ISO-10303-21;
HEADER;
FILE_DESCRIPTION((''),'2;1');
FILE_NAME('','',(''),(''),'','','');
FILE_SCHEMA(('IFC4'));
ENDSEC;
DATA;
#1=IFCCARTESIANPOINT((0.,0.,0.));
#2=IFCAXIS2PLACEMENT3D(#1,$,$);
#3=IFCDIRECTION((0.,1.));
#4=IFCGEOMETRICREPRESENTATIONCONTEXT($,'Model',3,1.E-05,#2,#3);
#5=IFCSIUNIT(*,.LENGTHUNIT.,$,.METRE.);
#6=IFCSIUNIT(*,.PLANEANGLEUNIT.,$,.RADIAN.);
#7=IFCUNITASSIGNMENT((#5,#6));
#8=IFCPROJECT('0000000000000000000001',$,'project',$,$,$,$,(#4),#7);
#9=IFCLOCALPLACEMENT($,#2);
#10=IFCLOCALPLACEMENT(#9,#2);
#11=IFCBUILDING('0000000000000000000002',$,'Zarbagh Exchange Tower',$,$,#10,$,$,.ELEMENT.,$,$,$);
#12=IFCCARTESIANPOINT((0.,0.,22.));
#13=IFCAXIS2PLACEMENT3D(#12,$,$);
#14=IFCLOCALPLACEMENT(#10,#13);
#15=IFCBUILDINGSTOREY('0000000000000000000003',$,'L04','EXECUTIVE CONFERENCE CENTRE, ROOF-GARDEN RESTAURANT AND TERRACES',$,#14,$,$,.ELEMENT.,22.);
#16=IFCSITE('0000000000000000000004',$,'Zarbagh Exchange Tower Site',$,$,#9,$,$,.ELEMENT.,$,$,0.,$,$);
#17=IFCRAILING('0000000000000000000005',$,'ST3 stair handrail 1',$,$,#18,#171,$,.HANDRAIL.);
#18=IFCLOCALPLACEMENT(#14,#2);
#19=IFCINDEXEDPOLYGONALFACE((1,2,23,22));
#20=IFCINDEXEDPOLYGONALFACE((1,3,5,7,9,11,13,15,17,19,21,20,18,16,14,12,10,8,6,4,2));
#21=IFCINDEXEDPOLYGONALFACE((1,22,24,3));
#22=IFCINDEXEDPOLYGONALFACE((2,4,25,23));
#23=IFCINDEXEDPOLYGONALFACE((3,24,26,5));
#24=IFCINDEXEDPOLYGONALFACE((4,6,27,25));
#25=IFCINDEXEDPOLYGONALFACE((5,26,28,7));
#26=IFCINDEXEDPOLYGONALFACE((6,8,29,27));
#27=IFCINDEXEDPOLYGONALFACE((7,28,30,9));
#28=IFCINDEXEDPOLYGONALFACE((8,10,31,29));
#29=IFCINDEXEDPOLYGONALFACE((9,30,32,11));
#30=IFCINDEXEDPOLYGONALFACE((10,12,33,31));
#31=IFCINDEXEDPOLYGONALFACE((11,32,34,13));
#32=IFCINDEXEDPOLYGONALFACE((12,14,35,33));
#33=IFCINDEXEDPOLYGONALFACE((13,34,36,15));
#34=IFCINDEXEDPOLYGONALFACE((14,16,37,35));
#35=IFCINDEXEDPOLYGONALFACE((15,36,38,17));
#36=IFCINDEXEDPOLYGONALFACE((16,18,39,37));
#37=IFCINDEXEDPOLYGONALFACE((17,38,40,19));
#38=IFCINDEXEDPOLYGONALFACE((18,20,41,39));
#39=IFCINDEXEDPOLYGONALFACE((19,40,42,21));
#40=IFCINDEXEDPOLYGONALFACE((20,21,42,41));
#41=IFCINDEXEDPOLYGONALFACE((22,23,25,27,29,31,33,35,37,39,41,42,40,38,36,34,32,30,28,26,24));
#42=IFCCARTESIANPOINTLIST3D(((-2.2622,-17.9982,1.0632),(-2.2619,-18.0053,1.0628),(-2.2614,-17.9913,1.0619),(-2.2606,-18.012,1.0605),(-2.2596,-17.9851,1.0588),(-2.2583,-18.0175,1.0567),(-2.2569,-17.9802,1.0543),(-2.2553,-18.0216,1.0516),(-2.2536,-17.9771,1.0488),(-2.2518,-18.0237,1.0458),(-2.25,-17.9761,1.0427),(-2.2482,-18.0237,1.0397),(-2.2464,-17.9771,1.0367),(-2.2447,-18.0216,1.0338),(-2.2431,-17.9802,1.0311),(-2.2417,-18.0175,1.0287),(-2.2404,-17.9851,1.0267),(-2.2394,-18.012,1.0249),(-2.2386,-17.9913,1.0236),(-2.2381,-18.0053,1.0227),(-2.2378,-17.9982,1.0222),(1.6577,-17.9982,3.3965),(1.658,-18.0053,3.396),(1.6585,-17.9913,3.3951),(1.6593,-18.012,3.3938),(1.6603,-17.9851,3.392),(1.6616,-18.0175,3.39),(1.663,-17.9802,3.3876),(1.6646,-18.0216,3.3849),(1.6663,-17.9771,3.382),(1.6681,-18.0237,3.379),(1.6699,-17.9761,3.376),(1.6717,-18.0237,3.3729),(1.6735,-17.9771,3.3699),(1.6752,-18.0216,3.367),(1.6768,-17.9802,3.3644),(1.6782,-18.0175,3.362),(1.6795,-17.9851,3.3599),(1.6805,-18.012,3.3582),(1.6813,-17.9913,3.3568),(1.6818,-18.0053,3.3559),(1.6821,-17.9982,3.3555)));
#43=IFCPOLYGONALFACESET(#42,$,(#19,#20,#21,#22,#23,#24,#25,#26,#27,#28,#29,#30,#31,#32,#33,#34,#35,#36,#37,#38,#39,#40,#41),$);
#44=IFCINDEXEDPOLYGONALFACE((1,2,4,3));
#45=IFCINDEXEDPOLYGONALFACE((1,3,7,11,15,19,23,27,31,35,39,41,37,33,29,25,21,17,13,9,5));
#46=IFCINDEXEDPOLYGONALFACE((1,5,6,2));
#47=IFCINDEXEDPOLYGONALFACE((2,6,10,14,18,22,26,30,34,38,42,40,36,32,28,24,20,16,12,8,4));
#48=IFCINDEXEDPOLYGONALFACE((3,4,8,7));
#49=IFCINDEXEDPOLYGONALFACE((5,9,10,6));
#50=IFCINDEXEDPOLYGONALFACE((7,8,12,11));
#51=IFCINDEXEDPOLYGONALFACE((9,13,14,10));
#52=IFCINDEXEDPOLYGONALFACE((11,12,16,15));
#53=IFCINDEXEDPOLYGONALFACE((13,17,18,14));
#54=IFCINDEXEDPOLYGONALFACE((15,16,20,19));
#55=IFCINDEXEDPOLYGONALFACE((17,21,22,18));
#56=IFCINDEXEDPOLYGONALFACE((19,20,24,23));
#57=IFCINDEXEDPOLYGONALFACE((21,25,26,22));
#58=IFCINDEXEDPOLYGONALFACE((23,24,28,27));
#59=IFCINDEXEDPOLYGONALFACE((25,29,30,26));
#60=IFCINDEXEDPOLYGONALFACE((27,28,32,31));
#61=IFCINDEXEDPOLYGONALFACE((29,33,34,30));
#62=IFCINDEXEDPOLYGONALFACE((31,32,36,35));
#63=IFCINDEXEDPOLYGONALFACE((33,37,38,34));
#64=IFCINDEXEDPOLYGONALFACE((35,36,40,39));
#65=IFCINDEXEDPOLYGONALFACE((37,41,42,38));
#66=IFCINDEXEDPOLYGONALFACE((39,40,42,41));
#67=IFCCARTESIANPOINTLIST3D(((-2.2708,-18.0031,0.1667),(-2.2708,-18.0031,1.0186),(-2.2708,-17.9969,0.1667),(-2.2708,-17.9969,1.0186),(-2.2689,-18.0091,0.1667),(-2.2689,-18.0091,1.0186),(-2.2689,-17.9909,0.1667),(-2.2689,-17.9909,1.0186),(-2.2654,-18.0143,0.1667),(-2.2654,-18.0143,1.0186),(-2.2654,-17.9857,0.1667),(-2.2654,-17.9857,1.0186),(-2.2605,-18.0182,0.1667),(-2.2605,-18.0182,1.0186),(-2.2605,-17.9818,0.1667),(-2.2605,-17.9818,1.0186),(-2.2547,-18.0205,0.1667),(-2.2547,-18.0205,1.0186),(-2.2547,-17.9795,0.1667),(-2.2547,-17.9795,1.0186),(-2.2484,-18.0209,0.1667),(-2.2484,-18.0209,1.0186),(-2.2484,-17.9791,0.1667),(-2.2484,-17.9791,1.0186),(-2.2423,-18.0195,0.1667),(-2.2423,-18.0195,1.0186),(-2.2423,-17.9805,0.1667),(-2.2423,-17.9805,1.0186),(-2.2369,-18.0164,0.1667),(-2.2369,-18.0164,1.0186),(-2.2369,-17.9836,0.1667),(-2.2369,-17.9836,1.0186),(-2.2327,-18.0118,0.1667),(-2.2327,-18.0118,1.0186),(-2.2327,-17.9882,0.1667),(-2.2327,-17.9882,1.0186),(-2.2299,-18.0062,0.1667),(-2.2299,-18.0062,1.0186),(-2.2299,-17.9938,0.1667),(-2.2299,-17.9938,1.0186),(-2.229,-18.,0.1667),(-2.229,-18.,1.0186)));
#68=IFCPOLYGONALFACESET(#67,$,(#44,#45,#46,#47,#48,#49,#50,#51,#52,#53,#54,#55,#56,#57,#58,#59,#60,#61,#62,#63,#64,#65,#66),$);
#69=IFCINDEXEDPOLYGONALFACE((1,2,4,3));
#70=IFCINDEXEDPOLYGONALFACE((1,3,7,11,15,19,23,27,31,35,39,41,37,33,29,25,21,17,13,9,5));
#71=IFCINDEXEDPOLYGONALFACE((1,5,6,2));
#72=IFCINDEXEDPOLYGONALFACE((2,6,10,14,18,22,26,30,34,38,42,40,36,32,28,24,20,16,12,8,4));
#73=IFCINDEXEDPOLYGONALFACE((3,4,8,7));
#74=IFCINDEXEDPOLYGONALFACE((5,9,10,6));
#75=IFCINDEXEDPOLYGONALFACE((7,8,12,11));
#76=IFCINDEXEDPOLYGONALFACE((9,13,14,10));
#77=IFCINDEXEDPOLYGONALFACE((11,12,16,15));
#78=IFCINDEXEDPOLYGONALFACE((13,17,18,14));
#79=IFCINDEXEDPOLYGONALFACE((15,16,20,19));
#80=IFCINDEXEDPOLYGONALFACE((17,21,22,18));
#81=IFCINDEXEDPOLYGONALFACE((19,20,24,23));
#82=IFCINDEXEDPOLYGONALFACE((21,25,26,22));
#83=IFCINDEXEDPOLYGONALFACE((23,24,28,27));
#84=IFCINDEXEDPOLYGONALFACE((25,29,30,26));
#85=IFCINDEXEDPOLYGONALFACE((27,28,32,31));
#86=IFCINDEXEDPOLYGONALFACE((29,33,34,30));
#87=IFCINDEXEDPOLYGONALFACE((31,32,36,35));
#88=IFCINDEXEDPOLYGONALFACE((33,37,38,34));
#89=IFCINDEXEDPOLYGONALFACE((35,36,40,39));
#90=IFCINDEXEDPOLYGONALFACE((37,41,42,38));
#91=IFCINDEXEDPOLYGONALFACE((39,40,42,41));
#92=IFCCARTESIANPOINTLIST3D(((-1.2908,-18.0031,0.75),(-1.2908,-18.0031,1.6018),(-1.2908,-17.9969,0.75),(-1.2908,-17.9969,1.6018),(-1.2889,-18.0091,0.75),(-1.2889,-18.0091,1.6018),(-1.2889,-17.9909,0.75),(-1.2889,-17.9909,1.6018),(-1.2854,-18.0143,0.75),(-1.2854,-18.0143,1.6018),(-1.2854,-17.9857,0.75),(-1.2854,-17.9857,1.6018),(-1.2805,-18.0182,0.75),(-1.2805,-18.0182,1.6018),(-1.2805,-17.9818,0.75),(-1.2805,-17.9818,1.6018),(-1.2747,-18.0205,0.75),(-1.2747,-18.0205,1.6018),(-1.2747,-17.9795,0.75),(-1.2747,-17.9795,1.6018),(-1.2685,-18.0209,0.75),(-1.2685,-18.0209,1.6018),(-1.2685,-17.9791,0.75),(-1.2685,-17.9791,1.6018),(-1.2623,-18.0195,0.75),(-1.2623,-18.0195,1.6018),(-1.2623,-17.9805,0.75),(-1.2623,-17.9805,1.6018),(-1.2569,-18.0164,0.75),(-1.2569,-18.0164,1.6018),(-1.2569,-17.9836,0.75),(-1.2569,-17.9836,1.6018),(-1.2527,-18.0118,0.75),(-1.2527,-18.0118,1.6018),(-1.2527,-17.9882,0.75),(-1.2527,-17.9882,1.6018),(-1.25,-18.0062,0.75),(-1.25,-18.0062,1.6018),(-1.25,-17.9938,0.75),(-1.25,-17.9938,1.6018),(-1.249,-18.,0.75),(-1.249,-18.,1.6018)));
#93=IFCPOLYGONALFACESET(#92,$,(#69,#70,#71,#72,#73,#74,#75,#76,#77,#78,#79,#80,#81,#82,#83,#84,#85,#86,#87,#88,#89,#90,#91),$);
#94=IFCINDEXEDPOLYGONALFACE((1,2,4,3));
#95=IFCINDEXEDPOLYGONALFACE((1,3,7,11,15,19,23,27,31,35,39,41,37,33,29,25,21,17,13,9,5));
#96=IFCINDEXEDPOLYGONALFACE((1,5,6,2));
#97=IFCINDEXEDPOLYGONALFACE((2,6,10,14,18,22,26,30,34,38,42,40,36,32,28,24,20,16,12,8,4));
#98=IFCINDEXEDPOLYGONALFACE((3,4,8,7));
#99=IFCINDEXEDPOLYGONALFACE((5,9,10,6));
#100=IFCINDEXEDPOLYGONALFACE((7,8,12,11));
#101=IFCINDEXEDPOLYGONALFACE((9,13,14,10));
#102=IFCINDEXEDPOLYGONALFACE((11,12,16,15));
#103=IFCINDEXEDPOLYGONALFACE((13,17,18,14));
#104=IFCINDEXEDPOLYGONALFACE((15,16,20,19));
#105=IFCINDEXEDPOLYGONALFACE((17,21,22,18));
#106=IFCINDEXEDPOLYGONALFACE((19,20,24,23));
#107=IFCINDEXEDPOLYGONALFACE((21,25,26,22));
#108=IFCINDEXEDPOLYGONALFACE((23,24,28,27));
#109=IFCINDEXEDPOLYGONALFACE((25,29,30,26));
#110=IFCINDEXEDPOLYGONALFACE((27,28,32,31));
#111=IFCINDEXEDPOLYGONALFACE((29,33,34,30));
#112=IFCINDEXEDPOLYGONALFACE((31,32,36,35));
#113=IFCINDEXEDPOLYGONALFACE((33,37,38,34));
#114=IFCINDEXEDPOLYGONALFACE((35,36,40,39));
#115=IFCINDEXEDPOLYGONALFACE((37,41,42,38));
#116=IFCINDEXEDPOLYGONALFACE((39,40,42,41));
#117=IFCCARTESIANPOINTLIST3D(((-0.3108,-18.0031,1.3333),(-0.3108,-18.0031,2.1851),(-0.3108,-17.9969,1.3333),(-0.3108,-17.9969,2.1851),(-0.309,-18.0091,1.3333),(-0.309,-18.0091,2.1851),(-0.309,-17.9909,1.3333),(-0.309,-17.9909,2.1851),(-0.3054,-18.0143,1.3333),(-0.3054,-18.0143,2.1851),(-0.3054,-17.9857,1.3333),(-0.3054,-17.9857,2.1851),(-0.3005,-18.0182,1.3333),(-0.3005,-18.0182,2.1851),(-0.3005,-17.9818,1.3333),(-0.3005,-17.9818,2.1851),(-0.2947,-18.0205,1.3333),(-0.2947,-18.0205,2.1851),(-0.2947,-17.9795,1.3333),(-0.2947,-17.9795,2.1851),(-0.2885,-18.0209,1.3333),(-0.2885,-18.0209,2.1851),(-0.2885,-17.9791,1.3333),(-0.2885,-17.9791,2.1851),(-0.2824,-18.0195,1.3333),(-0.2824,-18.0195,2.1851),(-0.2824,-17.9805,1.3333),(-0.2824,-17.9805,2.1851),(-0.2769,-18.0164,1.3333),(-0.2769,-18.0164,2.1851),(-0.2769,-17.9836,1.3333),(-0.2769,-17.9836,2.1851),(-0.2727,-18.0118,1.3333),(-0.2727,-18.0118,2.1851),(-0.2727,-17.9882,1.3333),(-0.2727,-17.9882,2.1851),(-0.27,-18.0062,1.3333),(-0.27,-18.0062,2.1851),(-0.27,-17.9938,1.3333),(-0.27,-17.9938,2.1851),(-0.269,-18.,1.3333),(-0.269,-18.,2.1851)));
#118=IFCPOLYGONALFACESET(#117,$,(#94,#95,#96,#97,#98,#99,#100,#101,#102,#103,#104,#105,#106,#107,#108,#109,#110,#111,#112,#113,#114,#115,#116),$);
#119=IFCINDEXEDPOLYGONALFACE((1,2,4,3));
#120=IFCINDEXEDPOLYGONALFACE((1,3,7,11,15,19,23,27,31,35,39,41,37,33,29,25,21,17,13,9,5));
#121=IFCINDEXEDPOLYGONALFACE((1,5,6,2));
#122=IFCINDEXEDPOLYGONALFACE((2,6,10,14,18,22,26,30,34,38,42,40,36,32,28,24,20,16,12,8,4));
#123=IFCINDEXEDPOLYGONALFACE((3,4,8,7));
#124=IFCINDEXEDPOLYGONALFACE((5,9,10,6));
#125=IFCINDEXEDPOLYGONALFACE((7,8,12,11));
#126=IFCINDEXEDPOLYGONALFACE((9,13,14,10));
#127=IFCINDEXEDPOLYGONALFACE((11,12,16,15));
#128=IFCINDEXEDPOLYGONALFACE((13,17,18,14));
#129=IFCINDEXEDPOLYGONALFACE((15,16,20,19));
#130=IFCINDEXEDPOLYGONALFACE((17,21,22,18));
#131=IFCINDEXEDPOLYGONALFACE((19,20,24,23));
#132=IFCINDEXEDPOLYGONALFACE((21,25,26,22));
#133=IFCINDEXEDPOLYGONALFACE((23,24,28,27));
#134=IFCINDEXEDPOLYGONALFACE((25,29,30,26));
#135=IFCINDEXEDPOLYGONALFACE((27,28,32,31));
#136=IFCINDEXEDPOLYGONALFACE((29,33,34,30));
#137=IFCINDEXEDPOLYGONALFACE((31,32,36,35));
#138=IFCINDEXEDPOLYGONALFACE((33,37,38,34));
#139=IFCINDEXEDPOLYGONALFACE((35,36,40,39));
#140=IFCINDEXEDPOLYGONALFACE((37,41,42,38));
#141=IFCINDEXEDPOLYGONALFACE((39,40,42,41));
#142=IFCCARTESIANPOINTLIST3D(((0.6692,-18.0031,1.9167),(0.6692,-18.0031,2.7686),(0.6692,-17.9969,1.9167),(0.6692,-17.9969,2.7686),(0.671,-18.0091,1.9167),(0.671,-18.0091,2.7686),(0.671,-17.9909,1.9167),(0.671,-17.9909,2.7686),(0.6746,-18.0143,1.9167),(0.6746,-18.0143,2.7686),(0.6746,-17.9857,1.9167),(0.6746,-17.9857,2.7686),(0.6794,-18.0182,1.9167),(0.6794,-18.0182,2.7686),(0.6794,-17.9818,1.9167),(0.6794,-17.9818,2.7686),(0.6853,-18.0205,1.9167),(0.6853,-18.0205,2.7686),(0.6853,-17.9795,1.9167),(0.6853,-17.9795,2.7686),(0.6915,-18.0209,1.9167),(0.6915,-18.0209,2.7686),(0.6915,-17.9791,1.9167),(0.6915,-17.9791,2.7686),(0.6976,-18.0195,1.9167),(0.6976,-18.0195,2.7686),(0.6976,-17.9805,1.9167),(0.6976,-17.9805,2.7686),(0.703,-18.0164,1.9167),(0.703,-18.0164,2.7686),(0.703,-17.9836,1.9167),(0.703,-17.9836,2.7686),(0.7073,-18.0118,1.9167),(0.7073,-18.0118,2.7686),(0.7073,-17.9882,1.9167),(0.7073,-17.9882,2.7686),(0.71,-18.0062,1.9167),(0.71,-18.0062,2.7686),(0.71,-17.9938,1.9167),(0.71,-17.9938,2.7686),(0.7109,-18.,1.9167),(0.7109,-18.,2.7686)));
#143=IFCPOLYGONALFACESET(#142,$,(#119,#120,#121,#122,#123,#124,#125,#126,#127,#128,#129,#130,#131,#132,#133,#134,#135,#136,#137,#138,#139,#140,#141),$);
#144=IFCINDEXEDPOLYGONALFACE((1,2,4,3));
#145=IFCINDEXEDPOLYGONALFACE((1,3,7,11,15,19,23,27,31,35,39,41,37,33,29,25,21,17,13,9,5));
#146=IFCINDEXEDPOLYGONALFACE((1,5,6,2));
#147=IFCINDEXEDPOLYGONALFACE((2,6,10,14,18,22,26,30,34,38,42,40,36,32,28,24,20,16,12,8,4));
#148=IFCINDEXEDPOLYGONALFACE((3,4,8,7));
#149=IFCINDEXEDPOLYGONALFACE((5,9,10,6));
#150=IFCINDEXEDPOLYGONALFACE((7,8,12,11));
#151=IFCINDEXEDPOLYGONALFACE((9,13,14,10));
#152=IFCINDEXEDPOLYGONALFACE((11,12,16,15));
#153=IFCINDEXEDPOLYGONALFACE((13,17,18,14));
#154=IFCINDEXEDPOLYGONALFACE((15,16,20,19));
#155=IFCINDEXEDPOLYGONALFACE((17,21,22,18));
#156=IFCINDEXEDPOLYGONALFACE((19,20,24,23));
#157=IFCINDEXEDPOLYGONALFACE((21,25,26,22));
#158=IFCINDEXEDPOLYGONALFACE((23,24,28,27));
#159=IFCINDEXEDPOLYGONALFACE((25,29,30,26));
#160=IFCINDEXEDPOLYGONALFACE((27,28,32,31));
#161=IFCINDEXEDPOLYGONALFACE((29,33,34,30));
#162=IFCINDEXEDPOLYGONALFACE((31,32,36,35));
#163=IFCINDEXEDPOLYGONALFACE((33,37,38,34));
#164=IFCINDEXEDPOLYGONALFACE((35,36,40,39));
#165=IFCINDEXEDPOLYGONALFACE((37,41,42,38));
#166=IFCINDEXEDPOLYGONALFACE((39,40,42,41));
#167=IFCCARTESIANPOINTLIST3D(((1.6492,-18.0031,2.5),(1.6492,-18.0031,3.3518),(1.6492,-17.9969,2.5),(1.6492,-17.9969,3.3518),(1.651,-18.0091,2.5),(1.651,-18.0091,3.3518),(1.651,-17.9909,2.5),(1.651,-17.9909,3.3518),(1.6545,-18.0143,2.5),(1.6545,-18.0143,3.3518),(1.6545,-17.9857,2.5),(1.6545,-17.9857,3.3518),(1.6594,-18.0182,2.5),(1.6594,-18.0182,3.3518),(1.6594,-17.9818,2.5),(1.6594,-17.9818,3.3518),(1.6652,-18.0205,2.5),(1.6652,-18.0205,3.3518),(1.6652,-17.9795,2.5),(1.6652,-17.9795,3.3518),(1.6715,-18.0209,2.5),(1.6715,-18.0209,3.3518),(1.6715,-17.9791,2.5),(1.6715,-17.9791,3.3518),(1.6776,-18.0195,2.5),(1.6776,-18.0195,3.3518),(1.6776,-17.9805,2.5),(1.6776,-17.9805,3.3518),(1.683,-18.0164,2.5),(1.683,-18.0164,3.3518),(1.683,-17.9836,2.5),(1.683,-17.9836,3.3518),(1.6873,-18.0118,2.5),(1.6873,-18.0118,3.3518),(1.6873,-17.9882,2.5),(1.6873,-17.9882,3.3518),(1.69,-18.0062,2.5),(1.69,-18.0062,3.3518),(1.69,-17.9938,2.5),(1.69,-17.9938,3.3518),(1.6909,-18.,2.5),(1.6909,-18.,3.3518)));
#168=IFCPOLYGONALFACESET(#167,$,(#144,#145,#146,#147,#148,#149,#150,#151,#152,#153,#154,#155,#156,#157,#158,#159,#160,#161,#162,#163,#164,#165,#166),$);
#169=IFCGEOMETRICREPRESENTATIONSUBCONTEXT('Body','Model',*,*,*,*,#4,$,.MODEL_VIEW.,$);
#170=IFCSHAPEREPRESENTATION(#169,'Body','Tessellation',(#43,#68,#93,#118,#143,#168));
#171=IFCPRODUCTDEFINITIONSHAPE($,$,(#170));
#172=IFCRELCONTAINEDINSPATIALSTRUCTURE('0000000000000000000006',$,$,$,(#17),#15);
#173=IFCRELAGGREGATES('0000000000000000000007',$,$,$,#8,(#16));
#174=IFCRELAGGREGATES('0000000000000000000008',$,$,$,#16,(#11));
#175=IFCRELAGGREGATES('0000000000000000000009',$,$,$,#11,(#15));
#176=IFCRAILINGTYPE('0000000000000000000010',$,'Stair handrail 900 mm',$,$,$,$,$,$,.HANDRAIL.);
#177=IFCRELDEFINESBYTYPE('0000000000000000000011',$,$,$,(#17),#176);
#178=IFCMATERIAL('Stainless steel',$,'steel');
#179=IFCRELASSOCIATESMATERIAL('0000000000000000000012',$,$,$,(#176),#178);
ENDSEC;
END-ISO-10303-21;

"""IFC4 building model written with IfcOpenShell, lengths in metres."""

from ifc_helpers import new_model, si_unit, direction, frame, origin, origin_2d, place, context, subcontext, project, spatial, circle, extrude, material, type_object, element, save


model = new_model("IFC4")

# Units and contexts
model_context = context("Model", 3, precision=1e-05, world=origin(), true_north=direction((0.0, 1.0)))
body_context = subcontext(model_context, "Body", "Model", "MODEL_VIEW")
ifc_project = project(units=[si_unit("LENGTHUNIT", "METRE"), si_unit("PLANEANGLEUNIT", "RADIAN")], contexts=[model_context])

# Site, building, storey
site_placement = place(None, origin())
site = spatial("IfcSite", under=ifc_project, at=site_placement, Name="Zarbagh Exchange Tower Site", CompositionType="ELEMENT", RefElevation=0.0)
building_placement = place(site_placement, origin())
building = spatial("IfcBuilding", under=site, at=building_placement, Name="Zarbagh Exchange Tower", CompositionType="ELEMENT")
storey_placement = place(building_placement, frame((0.0, 0.0, 22.0)))
storey = spatial("IfcBuildingStorey", under=building, at=storey_placement, Name="L04", Description="EXECUTIVE CONFERENCE CENTRE, ROOF-GARDEN RESTAURANT AND TERRACES", CompositionType="ELEMENT", Elevation=22.0)

# Railing
ifc_material_1 = material(Name="Stainless steel", Category="steel")
railing_type_1 = type_object("IfcRailingType", Name="Stair handrail 900 mm", PredefinedType="HANDRAIL", material=ifc_material_1)
for number, where, name in (
    (1, (-2.25, -18.0, 0.1667), "ST3 stair handrail 1"),
):
    element("IfcRailing", number, at=place(storey_placement, frame(where)), inside=storey, type_object=railing_type_1, Name=name, PredefinedType="HANDRAIL", context=body_context, shape_type="SweptSolid", body=[
        extrude(circle(Radius=0.0239, at=origin_2d()), frame((0.0, 0.0, 0.876), z_axis=(0.859296, 0.0, 0.511478), x_axis=(0.0, 1.0, 0.0)), (0.0, 0.0, 1.0), 4.5618),
        extrude(circle(Radius=0.021, at=origin_2d()), origin(), (0.0, 0.0, 1.0), 0.8518),
        extrude(circle(Radius=0.021, at=origin_2d()), frame((0.98, 0.0, 0.5833)), (0.0, 0.0, 1.0), 0.8518),
        extrude(circle(Radius=0.021, at=origin_2d()), frame((1.96, 0.0, 1.1665)), (0.0, 0.0, 1.0), 0.8518),
        extrude(circle(Radius=0.021, at=origin_2d()), frame((2.9399, 0.0, 1.75)), (0.0, 0.0, 1.0), 0.8518),
        extrude(circle(Radius=0.021, at=origin_2d()), frame((3.9199, 0.0, 2.3333)), (0.0, 0.0, 1.0), 0.8518),
    ])

save(model, "model.ifc")
